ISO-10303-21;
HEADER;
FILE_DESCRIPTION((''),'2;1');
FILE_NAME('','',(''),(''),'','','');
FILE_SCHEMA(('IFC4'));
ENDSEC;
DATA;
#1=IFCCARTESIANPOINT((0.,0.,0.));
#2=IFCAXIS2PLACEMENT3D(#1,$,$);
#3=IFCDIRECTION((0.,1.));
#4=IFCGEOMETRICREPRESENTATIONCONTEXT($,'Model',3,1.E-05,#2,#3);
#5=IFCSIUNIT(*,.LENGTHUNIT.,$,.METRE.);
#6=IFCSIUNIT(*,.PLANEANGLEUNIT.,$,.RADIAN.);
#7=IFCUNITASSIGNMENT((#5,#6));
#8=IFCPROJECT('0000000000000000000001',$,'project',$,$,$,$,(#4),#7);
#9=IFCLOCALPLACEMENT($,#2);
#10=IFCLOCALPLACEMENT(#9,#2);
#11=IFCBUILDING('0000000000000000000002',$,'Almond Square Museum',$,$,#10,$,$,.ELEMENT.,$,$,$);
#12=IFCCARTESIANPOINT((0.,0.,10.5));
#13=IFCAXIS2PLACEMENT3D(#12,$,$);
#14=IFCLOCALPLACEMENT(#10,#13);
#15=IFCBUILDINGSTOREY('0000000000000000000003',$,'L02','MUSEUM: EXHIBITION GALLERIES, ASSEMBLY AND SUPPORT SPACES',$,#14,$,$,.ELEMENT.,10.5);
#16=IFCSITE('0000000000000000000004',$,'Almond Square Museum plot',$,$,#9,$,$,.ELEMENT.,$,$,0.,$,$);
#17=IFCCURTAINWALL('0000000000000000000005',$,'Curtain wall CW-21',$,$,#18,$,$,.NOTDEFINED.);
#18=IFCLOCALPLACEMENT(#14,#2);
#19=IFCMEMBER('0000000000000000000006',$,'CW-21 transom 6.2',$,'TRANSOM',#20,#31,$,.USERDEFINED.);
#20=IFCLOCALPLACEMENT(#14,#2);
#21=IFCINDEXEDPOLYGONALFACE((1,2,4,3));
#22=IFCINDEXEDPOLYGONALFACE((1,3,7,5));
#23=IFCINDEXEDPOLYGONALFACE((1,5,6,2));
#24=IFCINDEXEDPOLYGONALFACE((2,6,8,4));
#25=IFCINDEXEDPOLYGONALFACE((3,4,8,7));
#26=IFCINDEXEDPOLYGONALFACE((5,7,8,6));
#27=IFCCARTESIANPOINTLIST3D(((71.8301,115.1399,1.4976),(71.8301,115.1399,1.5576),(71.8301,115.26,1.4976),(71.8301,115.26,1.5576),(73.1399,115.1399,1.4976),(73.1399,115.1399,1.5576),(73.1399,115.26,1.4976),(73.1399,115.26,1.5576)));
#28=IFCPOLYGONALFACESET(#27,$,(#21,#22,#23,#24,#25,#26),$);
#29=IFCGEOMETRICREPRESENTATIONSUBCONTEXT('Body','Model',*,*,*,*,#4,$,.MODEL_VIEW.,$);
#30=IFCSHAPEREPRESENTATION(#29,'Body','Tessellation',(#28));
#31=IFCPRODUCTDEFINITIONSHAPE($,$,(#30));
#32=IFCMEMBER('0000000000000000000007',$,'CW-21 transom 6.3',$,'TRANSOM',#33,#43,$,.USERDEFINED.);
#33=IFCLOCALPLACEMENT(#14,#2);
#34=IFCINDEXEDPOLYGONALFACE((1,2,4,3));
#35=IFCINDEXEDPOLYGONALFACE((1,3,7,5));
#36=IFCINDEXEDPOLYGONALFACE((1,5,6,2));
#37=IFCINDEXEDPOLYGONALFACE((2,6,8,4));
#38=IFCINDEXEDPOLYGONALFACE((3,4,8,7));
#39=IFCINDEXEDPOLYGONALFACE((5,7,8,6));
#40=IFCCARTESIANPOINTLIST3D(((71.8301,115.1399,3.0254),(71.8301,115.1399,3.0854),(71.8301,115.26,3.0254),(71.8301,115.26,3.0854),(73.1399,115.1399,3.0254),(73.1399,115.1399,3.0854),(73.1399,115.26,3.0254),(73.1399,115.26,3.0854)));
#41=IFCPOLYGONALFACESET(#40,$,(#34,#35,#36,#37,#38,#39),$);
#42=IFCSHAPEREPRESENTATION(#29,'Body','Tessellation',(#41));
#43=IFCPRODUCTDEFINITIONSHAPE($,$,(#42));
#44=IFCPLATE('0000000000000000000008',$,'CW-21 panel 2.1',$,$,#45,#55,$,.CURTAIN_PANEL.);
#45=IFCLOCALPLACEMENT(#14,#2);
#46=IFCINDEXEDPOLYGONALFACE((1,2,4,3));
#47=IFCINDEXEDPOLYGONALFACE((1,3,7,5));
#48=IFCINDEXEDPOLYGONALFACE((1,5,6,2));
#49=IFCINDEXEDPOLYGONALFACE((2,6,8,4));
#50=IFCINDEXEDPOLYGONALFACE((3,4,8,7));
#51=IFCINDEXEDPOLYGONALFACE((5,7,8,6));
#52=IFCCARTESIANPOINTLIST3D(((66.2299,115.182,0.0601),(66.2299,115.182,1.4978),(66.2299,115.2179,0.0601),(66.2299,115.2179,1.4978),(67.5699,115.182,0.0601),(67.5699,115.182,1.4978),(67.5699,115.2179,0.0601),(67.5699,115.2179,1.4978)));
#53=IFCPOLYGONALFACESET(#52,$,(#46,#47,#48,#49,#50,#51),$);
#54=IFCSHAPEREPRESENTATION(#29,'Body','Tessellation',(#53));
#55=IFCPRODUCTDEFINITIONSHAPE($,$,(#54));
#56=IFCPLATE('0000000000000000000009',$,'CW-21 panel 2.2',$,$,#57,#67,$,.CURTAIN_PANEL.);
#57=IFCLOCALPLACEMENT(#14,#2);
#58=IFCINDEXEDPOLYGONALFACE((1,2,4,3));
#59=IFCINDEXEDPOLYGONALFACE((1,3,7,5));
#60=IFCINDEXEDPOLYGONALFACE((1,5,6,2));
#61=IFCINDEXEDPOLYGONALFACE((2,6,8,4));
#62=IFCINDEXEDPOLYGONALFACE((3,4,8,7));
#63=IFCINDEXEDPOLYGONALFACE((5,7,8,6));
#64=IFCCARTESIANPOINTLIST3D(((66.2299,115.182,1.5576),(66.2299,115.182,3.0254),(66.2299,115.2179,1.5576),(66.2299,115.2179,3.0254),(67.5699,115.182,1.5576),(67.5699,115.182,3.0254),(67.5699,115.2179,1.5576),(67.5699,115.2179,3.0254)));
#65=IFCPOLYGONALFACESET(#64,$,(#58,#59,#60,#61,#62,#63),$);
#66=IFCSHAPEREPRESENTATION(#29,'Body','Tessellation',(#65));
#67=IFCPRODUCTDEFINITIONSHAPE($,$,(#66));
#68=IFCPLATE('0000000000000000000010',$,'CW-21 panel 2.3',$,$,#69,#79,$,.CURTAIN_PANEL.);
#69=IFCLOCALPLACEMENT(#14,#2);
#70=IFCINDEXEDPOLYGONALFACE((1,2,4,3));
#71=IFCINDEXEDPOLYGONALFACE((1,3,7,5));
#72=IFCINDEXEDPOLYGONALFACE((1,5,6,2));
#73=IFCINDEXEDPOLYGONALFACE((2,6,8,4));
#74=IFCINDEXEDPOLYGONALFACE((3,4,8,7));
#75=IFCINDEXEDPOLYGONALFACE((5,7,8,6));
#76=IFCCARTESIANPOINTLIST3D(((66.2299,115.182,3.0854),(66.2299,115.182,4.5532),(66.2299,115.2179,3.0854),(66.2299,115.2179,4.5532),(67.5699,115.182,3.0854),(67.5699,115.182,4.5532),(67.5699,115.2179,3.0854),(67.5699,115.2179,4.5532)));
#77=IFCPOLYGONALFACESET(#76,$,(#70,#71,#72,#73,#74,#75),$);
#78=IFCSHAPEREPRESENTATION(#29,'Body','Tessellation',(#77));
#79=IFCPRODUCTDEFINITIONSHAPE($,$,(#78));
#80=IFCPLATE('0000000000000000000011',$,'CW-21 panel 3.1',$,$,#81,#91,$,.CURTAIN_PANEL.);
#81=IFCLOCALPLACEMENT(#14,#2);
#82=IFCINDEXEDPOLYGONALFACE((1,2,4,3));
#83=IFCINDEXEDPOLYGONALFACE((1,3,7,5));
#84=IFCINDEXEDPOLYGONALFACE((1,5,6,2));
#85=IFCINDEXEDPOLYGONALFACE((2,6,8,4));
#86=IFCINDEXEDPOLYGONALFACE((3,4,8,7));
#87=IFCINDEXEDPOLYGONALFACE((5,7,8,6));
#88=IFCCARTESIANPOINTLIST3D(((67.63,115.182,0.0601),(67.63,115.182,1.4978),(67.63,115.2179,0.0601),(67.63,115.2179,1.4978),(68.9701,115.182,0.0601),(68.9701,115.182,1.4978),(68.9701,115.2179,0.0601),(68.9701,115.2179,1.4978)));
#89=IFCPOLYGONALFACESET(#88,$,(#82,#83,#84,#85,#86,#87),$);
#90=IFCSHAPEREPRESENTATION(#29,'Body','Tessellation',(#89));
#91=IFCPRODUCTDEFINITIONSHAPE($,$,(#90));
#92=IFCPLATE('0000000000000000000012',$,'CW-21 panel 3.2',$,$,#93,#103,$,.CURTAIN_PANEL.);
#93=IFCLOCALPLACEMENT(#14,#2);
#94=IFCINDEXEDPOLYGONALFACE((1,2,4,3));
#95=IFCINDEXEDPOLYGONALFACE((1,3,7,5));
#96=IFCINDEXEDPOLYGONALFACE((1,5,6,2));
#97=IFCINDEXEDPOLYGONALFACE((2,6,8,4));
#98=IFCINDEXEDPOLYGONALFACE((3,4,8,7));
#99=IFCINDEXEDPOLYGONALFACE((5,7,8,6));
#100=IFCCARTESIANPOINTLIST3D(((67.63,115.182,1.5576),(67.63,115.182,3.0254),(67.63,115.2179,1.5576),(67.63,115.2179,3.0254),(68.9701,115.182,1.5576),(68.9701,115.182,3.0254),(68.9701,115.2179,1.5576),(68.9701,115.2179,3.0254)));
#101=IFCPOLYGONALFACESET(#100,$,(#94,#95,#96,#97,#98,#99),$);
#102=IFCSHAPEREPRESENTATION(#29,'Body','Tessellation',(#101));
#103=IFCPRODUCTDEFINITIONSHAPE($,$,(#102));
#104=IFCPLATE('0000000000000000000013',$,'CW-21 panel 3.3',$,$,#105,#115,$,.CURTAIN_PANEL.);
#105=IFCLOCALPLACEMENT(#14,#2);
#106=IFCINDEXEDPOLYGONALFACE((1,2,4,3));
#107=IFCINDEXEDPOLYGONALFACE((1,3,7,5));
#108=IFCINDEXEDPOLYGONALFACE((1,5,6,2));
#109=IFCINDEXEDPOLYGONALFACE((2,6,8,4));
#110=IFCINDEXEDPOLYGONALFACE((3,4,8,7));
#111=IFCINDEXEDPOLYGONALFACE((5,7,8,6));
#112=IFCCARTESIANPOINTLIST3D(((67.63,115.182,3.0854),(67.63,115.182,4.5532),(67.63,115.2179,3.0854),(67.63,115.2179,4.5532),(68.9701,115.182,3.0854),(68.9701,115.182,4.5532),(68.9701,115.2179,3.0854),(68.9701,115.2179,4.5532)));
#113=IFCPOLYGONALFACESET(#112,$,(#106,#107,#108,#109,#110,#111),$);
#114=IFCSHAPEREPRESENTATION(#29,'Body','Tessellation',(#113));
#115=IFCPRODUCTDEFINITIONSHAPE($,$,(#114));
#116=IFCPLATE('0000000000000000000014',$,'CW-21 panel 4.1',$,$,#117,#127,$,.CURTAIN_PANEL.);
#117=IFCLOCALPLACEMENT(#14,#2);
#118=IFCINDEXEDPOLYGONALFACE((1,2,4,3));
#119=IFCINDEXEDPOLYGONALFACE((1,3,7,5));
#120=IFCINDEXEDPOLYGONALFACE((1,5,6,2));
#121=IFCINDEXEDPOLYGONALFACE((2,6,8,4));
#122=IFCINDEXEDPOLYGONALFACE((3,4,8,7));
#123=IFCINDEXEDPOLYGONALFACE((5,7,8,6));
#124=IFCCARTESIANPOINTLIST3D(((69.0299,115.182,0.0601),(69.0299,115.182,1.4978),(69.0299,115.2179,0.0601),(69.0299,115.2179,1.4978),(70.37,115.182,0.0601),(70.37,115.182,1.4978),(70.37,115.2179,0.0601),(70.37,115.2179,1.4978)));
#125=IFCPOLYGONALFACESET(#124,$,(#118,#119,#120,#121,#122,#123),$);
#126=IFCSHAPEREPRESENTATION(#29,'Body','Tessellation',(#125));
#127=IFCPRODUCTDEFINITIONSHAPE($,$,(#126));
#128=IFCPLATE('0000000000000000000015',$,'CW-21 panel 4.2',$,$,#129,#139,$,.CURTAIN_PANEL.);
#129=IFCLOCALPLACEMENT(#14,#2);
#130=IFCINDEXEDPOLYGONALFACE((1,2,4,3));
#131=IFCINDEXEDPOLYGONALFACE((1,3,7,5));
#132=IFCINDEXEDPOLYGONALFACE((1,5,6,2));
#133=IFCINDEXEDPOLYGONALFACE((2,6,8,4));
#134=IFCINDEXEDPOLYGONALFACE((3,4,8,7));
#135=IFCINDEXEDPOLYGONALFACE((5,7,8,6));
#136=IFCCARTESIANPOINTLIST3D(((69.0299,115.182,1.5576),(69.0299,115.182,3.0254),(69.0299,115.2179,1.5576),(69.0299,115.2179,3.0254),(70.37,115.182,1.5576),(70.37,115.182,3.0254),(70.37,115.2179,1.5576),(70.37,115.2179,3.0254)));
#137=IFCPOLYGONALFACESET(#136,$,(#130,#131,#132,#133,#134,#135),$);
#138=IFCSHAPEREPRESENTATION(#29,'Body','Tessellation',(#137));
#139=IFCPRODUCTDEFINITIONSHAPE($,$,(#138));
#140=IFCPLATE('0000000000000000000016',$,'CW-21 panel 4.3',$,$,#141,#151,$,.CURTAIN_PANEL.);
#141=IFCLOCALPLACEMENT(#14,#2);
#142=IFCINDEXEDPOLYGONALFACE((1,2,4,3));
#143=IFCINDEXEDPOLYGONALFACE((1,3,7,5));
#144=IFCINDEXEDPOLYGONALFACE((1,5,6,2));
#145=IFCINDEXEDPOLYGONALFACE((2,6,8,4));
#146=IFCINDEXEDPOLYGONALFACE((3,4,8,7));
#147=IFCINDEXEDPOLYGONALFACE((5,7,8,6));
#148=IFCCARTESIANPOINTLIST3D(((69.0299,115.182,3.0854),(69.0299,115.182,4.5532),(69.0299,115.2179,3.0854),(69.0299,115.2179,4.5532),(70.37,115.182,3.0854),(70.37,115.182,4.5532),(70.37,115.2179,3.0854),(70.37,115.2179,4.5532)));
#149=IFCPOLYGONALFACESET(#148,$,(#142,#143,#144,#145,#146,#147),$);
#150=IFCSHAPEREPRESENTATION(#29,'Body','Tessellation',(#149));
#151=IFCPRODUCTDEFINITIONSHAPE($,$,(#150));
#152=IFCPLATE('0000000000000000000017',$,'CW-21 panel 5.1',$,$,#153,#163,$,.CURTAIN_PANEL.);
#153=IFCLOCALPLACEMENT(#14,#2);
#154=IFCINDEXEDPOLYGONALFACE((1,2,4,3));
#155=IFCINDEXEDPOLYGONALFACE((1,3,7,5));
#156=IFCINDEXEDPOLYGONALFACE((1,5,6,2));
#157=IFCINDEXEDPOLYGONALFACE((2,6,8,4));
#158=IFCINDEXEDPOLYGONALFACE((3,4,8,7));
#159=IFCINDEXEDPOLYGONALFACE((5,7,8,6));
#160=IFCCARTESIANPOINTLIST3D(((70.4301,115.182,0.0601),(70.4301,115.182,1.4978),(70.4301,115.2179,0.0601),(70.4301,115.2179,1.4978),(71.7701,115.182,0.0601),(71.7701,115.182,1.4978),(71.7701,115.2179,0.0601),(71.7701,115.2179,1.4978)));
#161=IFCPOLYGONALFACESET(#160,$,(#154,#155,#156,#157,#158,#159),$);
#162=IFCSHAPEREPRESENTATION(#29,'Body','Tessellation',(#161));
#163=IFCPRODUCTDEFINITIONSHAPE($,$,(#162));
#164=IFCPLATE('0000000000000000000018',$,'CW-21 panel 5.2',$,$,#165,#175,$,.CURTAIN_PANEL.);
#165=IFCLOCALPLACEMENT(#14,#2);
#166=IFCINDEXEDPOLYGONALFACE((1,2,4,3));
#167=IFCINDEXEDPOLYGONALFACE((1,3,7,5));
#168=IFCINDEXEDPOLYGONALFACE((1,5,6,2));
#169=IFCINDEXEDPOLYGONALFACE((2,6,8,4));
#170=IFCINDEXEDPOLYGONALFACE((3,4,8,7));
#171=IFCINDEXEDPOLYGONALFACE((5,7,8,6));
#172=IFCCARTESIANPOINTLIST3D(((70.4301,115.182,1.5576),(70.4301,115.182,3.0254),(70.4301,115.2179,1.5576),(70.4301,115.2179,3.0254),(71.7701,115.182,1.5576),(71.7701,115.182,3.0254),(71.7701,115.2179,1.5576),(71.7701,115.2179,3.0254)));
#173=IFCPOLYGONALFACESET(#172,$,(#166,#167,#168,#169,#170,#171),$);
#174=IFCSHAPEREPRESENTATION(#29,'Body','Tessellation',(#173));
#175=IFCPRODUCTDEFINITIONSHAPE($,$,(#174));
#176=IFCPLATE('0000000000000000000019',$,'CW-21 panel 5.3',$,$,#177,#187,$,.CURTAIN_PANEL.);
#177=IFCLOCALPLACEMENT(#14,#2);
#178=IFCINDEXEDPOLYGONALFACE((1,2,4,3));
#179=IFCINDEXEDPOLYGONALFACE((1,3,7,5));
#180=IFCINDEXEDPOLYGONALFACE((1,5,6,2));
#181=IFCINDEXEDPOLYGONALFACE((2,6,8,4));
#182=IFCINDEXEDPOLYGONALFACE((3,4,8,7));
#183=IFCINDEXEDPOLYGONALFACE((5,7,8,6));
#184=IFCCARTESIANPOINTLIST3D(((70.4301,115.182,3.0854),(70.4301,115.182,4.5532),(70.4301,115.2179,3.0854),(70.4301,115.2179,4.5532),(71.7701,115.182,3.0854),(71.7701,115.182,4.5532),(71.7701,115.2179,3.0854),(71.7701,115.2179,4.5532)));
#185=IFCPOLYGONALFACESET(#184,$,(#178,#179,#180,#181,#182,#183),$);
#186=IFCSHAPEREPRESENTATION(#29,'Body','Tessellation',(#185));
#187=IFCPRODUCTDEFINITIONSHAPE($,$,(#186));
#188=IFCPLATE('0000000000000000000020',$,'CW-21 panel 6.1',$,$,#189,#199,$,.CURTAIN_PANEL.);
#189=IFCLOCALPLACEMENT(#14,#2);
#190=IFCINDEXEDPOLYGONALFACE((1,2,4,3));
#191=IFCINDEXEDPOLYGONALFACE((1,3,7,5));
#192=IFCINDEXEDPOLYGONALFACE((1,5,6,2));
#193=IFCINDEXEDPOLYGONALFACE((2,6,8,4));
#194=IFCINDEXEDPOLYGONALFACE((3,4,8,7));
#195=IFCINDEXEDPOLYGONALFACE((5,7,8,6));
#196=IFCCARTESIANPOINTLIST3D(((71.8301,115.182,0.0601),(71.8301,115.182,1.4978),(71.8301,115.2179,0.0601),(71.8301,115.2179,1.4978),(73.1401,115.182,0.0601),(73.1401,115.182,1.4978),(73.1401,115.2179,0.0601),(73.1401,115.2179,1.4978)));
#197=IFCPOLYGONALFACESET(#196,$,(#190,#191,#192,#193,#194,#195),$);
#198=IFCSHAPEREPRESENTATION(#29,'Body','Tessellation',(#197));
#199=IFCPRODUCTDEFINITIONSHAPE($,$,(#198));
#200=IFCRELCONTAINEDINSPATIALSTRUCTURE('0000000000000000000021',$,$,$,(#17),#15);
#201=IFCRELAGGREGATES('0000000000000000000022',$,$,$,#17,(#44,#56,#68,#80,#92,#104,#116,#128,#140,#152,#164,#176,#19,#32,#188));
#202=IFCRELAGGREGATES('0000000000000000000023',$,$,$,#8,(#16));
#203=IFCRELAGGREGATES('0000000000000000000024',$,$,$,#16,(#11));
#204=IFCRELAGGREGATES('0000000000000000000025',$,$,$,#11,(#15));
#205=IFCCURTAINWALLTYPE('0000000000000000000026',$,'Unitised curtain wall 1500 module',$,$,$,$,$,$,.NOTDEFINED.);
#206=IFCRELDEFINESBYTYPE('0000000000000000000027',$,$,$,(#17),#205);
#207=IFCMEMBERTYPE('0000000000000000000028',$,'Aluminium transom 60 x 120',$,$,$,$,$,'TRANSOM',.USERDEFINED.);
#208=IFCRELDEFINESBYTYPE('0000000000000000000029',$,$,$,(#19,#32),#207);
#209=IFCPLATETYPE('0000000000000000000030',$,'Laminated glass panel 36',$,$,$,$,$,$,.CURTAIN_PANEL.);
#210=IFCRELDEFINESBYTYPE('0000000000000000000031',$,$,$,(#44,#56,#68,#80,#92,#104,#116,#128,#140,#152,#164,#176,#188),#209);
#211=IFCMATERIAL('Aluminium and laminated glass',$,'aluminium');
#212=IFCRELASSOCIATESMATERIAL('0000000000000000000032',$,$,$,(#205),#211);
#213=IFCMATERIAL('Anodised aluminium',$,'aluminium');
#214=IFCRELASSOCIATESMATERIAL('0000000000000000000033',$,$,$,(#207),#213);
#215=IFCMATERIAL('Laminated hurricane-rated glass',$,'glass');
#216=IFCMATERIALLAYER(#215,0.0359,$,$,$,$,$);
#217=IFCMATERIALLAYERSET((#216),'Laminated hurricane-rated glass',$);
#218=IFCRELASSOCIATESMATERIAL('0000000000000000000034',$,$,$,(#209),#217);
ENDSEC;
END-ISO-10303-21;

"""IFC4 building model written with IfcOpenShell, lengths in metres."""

from ifc_helpers import new_model, si_unit, direction, frame, origin, origin_2d, place, context, subcontext, project, spatial, rectangle, extrude, material, layer, layer_set, material_profile, profile_set, type_object, element, aggregate, save


model = new_model("IFC4")

# Units and contexts
model_context = context("Model", 3, precision=1e-05, world=origin(), true_north=direction((0.0, 1.0)))
body_context = subcontext(model_context, "Body", "Model", "MODEL_VIEW")
ifc_project = project(units=[si_unit("LENGTHUNIT", "METRE"), si_unit("PLANEANGLEUNIT", "RADIAN")], contexts=[model_context])

# Site, building, storey
site_placement = place(None, origin())
site = spatial("IfcSite", under=ifc_project, at=site_placement, Name="Almond Square Museum plot", CompositionType="ELEMENT", RefElevation=0.0)
building_placement = place(site_placement, origin())
building = spatial("IfcBuilding", under=site, at=building_placement, Name="Almond Square Museum", CompositionType="ELEMENT")
storey_placement = place(building_placement, frame((0.0, 0.0, 10.5)))
storey = spatial("IfcBuildingStorey", under=building, at=storey_placement, Name="L02", Description="MUSEUM: EXHIBITION GALLERIES, ASSEMBLY AND SUPPORT SPACES", CompositionType="ELEMENT", Elevation=10.5)

# Curtain wall, members, plates
ifc_material_1 = material(Name="Aluminium and laminated glass", Category="aluminium")
curtain_wall_type = type_object("IfcCurtainWallType", Name="Unitised curtain wall 1500 module", PredefinedType="NOTDEFINED", material=ifc_material_1)
curtain_wall_placement = place(storey_placement, origin())
curtain_wall = element("IfcCurtainWall", 1, at=curtain_wall_placement, inside=storey, type_object=curtain_wall_type, Name="Curtain wall CW-21", PredefinedType="NOTDEFINED")
ifc_material_2 = material(Name="Anodised aluminium", Category="aluminium")
ifc_material_profile_1 = material_profile(ifc_material_2, rectangle(XDim=0.1201, YDim=0.0601, at=origin_2d()))
ifc_profile_set_1 = profile_set([ifc_material_profile_1], Name="Anodised aluminium")
member_type_1 = type_object("IfcMemberType", Name="Aluminium transom 60 x 120", ElementType="TRANSOM", PredefinedType="USERDEFINED", material=ifc_profile_set_1)
member_1_placement = place(storey_placement, frame((71.8301, 115.2, 1.5276), z_axis=(1.0, 0.0, 0.0), x_axis=(0.0, 1.0, 0.0)))
member_1 = element("IfcMember", 2, at=member_1_placement, type_object=member_type_1, Name="CW-21 transom 6.2", ObjectType="TRANSOM", PredefinedType="USERDEFINED", context=body_context, shape_type="SweptSolid", body=[
    extrude(rectangle(XDim=0.1201, YDim=0.0601, at=origin_2d()), origin(), (0.0, 0.0, 1.0), 1.3098),
])
member_2_placement = place(storey_placement, frame((71.8301, 115.2, 3.0554), z_axis=(1.0, 0.0, 0.0), x_axis=(0.0, 1.0, 0.0)))
member_2 = element("IfcMember", 3, at=member_2_placement, type_object=member_type_1, Name="CW-21 transom 6.3", ObjectType="TRANSOM", PredefinedType="USERDEFINED", context=body_context, shape_type="SweptSolid", body=[
    extrude(rectangle(XDim=0.1201, YDim=0.0601, at=origin_2d()), origin(), (0.0, 0.0, 1.0), 1.3098),
])
ifc_material_3 = material(Name="Laminated hurricane-rated glass", Category="glass")
ifc_layer = layer(ifc_material_3, 0.0359)
ifc_layer_set = layer_set([ifc_layer], Name="Laminated hurricane-rated glass")
plate_type = type_object("IfcPlateType", Name="Laminated glass panel 36", PredefinedType="CURTAIN_PANEL", material=ifc_layer_set)
plate_1_placement = place(storey_placement, frame((66.8999, 115.2, 0.0601), z_axis=(0.0, 0.0, 1.0), x_axis=(1.0, 0.0, 0.0)))
plate_1 = element("IfcPlate", 4, at=plate_1_placement, type_object=plate_type, Name="CW-21 panel 2.1", PredefinedType="CURTAIN_PANEL", context=body_context, shape_type="SweptSolid", body=[
    extrude(rectangle(XDim=1.3401, YDim=0.0359, at=origin_2d()), origin(), (0.0, 0.0, 1.0), 1.4377),
])
plate_2_placement = place(storey_placement, frame((66.8999, 115.2, 1.5576), z_axis=(0.0, 0.0, 1.0), x_axis=(1.0, 0.0, 0.0)))
plate_2 = element("IfcPlate", 5, at=plate_2_placement, type_object=plate_type, Name="CW-21 panel 2.2", PredefinedType="CURTAIN_PANEL", context=body_context, shape_type="SweptSolid", body=[
    extrude(rectangle(XDim=1.3401, YDim=0.0359, at=origin_2d()), origin(), (0.0, 0.0, 1.0), 1.4678),
])
plate_3_placement = place(storey_placement, frame((66.8999, 115.2, 3.0854), z_axis=(0.0, 0.0, 1.0), x_axis=(1.0, 0.0, 0.0)))
plate_3 = element("IfcPlate", 6, at=plate_3_placement, type_object=plate_type, Name="CW-21 panel 2.3", PredefinedType="CURTAIN_PANEL", context=body_context, shape_type="SweptSolid", body=[
    extrude(rectangle(XDim=1.3401, YDim=0.0359, at=origin_2d()), origin(), (0.0, 0.0, 1.0), 1.4678),
])
plate_4_placement = place(storey_placement, frame((68.3, 115.2, 0.0601), z_axis=(0.0, 0.0, 1.0), x_axis=(1.0, 0.0, 0.0)))
plate_4 = element("IfcPlate", 7, at=plate_4_placement, type_object=plate_type, Name="CW-21 panel 3.1", PredefinedType="CURTAIN_PANEL", context=body_context, shape_type="SweptSolid", body=[
    extrude(rectangle(XDim=1.3401, YDim=0.0359, at=origin_2d()), origin(), (0.0, 0.0, 1.0), 1.4377),
])
plate_5_placement = place(storey_placement, frame((68.3, 115.2, 1.5576), z_axis=(0.0, 0.0, 1.0), x_axis=(1.0, 0.0, 0.0)))
plate_5 = element("IfcPlate", 8, at=plate_5_placement, type_object=plate_type, Name="CW-21 panel 3.2", PredefinedType="CURTAIN_PANEL", context=body_context, shape_type="SweptSolid", body=[
    extrude(rectangle(XDim=1.3401, YDim=0.0359, at=origin_2d()), origin(), (0.0, 0.0, 1.0), 1.4678),
])
plate_6_placement = place(storey_placement, frame((68.3, 115.2, 3.0854), z_axis=(0.0, 0.0, 1.0), x_axis=(1.0, 0.0, 0.0)))
plate_6 = element("IfcPlate", 9, at=plate_6_placement, type_object=plate_type, Name="CW-21 panel 3.3", PredefinedType="CURTAIN_PANEL", context=body_context, shape_type="SweptSolid", body=[
    extrude(rectangle(XDim=1.3401, YDim=0.0359, at=origin_2d()), origin(), (0.0, 0.0, 1.0), 1.4678),
])
plate_7_placement = place(storey_placement, frame((69.7, 115.2, 0.0601), z_axis=(0.0, 0.0, 1.0), x_axis=(1.0, 0.0, 0.0)))
plate_7 = element("IfcPlate", 10, at=plate_7_placement, type_object=plate_type, Name="CW-21 panel 4.1", PredefinedType="CURTAIN_PANEL", context=body_context, shape_type="SweptSolid", body=[
    extrude(rectangle(XDim=1.3401, YDim=0.0359, at=origin_2d()), origin(), (0.0, 0.0, 1.0), 1.4377),
])
plate_8_placement = place(storey_placement, frame((69.7, 115.2, 1.5576), z_axis=(0.0, 0.0, 1.0), x_axis=(1.0, 0.0, 0.0)))
plate_8 = element("IfcPlate", 11, at=plate_8_placement, type_object=plate_type, Name="CW-21 panel 4.2", PredefinedType="CURTAIN_PANEL", context=body_context, shape_type="SweptSolid", body=[
    extrude(rectangle(XDim=1.3401, YDim=0.0359, at=origin_2d()), origin(), (0.0, 0.0, 1.0), 1.4678),
])
plate_9_placement = place(storey_placement, frame((69.7, 115.2, 3.0854), z_axis=(0.0, 0.0, 1.0), x_axis=(1.0, 0.0, 0.0)))
plate_9 = element("IfcPlate", 12, at=plate_9_placement, type_object=plate_type, Name="CW-21 panel 4.3", PredefinedType="CURTAIN_PANEL", context=body_context, shape_type="SweptSolid", body=[
    extrude(rectangle(XDim=1.3401, YDim=0.0359, at=origin_2d()), origin(), (0.0, 0.0, 1.0), 1.4678),
])
plate_10_placement = place(storey_placement, frame((71.1001, 115.2, 0.0601), z_axis=(0.0, 0.0, 1.0), x_axis=(1.0, 0.0, 0.0)))
plate_10 = element("IfcPlate", 13, at=plate_10_placement, type_object=plate_type, Name="CW-21 panel 5.1", PredefinedType="CURTAIN_PANEL", context=body_context, shape_type="SweptSolid", body=[
    extrude(rectangle(XDim=1.3401, YDim=0.0359, at=origin_2d()), origin(), (0.0, 0.0, 1.0), 1.4377),
])
plate_11_placement = place(storey_placement, frame((71.1001, 115.2, 1.5576), z_axis=(0.0, 0.0, 1.0), x_axis=(1.0, 0.0, 0.0)))
plate_11 = element("IfcPlate", 14, at=plate_11_placement, type_object=plate_type, Name="CW-21 panel 5.2", PredefinedType="CURTAIN_PANEL", context=body_context, shape_type="SweptSolid", body=[
    extrude(rectangle(XDim=1.3401, YDim=0.0359, at=origin_2d()), origin(), (0.0, 0.0, 1.0), 1.4678),
])
plate_12_placement = place(storey_placement, frame((71.1001, 115.2, 3.0854), z_axis=(0.0, 0.0, 1.0), x_axis=(1.0, 0.0, 0.0)))
plate_12 = element("IfcPlate", 15, at=plate_12_placement, type_object=plate_type, Name="CW-21 panel 5.3", PredefinedType="CURTAIN_PANEL", context=body_context, shape_type="SweptSolid", body=[
    extrude(rectangle(XDim=1.3401, YDim=0.0359, at=origin_2d()), origin(), (0.0, 0.0, 1.0), 1.4678),
])
plate_13_placement = place(storey_placement, frame((72.4851, 115.2, 0.0601), z_axis=(0.0, 0.0, 1.0), x_axis=(1.0, 0.0, 0.0)))
plate_13 = element("IfcPlate", 16, at=plate_13_placement, type_object=plate_type, Name="CW-21 panel 6.1", PredefinedType="CURTAIN_PANEL", context=body_context, shape_type="SweptSolid", body=[
    extrude(rectangle(XDim=1.3101, YDim=0.0359, at=origin_2d()), origin(), (0.0, 0.0, 1.0), 1.4377),
])
aggregate(curtain_wall, [plate_1, plate_2, plate_3, plate_4, plate_5, plate_6, plate_7, plate_8, plate_9, plate_10, plate_11, plate_12, member_1, member_2, plate_13])

save(model, "model.ifc")
